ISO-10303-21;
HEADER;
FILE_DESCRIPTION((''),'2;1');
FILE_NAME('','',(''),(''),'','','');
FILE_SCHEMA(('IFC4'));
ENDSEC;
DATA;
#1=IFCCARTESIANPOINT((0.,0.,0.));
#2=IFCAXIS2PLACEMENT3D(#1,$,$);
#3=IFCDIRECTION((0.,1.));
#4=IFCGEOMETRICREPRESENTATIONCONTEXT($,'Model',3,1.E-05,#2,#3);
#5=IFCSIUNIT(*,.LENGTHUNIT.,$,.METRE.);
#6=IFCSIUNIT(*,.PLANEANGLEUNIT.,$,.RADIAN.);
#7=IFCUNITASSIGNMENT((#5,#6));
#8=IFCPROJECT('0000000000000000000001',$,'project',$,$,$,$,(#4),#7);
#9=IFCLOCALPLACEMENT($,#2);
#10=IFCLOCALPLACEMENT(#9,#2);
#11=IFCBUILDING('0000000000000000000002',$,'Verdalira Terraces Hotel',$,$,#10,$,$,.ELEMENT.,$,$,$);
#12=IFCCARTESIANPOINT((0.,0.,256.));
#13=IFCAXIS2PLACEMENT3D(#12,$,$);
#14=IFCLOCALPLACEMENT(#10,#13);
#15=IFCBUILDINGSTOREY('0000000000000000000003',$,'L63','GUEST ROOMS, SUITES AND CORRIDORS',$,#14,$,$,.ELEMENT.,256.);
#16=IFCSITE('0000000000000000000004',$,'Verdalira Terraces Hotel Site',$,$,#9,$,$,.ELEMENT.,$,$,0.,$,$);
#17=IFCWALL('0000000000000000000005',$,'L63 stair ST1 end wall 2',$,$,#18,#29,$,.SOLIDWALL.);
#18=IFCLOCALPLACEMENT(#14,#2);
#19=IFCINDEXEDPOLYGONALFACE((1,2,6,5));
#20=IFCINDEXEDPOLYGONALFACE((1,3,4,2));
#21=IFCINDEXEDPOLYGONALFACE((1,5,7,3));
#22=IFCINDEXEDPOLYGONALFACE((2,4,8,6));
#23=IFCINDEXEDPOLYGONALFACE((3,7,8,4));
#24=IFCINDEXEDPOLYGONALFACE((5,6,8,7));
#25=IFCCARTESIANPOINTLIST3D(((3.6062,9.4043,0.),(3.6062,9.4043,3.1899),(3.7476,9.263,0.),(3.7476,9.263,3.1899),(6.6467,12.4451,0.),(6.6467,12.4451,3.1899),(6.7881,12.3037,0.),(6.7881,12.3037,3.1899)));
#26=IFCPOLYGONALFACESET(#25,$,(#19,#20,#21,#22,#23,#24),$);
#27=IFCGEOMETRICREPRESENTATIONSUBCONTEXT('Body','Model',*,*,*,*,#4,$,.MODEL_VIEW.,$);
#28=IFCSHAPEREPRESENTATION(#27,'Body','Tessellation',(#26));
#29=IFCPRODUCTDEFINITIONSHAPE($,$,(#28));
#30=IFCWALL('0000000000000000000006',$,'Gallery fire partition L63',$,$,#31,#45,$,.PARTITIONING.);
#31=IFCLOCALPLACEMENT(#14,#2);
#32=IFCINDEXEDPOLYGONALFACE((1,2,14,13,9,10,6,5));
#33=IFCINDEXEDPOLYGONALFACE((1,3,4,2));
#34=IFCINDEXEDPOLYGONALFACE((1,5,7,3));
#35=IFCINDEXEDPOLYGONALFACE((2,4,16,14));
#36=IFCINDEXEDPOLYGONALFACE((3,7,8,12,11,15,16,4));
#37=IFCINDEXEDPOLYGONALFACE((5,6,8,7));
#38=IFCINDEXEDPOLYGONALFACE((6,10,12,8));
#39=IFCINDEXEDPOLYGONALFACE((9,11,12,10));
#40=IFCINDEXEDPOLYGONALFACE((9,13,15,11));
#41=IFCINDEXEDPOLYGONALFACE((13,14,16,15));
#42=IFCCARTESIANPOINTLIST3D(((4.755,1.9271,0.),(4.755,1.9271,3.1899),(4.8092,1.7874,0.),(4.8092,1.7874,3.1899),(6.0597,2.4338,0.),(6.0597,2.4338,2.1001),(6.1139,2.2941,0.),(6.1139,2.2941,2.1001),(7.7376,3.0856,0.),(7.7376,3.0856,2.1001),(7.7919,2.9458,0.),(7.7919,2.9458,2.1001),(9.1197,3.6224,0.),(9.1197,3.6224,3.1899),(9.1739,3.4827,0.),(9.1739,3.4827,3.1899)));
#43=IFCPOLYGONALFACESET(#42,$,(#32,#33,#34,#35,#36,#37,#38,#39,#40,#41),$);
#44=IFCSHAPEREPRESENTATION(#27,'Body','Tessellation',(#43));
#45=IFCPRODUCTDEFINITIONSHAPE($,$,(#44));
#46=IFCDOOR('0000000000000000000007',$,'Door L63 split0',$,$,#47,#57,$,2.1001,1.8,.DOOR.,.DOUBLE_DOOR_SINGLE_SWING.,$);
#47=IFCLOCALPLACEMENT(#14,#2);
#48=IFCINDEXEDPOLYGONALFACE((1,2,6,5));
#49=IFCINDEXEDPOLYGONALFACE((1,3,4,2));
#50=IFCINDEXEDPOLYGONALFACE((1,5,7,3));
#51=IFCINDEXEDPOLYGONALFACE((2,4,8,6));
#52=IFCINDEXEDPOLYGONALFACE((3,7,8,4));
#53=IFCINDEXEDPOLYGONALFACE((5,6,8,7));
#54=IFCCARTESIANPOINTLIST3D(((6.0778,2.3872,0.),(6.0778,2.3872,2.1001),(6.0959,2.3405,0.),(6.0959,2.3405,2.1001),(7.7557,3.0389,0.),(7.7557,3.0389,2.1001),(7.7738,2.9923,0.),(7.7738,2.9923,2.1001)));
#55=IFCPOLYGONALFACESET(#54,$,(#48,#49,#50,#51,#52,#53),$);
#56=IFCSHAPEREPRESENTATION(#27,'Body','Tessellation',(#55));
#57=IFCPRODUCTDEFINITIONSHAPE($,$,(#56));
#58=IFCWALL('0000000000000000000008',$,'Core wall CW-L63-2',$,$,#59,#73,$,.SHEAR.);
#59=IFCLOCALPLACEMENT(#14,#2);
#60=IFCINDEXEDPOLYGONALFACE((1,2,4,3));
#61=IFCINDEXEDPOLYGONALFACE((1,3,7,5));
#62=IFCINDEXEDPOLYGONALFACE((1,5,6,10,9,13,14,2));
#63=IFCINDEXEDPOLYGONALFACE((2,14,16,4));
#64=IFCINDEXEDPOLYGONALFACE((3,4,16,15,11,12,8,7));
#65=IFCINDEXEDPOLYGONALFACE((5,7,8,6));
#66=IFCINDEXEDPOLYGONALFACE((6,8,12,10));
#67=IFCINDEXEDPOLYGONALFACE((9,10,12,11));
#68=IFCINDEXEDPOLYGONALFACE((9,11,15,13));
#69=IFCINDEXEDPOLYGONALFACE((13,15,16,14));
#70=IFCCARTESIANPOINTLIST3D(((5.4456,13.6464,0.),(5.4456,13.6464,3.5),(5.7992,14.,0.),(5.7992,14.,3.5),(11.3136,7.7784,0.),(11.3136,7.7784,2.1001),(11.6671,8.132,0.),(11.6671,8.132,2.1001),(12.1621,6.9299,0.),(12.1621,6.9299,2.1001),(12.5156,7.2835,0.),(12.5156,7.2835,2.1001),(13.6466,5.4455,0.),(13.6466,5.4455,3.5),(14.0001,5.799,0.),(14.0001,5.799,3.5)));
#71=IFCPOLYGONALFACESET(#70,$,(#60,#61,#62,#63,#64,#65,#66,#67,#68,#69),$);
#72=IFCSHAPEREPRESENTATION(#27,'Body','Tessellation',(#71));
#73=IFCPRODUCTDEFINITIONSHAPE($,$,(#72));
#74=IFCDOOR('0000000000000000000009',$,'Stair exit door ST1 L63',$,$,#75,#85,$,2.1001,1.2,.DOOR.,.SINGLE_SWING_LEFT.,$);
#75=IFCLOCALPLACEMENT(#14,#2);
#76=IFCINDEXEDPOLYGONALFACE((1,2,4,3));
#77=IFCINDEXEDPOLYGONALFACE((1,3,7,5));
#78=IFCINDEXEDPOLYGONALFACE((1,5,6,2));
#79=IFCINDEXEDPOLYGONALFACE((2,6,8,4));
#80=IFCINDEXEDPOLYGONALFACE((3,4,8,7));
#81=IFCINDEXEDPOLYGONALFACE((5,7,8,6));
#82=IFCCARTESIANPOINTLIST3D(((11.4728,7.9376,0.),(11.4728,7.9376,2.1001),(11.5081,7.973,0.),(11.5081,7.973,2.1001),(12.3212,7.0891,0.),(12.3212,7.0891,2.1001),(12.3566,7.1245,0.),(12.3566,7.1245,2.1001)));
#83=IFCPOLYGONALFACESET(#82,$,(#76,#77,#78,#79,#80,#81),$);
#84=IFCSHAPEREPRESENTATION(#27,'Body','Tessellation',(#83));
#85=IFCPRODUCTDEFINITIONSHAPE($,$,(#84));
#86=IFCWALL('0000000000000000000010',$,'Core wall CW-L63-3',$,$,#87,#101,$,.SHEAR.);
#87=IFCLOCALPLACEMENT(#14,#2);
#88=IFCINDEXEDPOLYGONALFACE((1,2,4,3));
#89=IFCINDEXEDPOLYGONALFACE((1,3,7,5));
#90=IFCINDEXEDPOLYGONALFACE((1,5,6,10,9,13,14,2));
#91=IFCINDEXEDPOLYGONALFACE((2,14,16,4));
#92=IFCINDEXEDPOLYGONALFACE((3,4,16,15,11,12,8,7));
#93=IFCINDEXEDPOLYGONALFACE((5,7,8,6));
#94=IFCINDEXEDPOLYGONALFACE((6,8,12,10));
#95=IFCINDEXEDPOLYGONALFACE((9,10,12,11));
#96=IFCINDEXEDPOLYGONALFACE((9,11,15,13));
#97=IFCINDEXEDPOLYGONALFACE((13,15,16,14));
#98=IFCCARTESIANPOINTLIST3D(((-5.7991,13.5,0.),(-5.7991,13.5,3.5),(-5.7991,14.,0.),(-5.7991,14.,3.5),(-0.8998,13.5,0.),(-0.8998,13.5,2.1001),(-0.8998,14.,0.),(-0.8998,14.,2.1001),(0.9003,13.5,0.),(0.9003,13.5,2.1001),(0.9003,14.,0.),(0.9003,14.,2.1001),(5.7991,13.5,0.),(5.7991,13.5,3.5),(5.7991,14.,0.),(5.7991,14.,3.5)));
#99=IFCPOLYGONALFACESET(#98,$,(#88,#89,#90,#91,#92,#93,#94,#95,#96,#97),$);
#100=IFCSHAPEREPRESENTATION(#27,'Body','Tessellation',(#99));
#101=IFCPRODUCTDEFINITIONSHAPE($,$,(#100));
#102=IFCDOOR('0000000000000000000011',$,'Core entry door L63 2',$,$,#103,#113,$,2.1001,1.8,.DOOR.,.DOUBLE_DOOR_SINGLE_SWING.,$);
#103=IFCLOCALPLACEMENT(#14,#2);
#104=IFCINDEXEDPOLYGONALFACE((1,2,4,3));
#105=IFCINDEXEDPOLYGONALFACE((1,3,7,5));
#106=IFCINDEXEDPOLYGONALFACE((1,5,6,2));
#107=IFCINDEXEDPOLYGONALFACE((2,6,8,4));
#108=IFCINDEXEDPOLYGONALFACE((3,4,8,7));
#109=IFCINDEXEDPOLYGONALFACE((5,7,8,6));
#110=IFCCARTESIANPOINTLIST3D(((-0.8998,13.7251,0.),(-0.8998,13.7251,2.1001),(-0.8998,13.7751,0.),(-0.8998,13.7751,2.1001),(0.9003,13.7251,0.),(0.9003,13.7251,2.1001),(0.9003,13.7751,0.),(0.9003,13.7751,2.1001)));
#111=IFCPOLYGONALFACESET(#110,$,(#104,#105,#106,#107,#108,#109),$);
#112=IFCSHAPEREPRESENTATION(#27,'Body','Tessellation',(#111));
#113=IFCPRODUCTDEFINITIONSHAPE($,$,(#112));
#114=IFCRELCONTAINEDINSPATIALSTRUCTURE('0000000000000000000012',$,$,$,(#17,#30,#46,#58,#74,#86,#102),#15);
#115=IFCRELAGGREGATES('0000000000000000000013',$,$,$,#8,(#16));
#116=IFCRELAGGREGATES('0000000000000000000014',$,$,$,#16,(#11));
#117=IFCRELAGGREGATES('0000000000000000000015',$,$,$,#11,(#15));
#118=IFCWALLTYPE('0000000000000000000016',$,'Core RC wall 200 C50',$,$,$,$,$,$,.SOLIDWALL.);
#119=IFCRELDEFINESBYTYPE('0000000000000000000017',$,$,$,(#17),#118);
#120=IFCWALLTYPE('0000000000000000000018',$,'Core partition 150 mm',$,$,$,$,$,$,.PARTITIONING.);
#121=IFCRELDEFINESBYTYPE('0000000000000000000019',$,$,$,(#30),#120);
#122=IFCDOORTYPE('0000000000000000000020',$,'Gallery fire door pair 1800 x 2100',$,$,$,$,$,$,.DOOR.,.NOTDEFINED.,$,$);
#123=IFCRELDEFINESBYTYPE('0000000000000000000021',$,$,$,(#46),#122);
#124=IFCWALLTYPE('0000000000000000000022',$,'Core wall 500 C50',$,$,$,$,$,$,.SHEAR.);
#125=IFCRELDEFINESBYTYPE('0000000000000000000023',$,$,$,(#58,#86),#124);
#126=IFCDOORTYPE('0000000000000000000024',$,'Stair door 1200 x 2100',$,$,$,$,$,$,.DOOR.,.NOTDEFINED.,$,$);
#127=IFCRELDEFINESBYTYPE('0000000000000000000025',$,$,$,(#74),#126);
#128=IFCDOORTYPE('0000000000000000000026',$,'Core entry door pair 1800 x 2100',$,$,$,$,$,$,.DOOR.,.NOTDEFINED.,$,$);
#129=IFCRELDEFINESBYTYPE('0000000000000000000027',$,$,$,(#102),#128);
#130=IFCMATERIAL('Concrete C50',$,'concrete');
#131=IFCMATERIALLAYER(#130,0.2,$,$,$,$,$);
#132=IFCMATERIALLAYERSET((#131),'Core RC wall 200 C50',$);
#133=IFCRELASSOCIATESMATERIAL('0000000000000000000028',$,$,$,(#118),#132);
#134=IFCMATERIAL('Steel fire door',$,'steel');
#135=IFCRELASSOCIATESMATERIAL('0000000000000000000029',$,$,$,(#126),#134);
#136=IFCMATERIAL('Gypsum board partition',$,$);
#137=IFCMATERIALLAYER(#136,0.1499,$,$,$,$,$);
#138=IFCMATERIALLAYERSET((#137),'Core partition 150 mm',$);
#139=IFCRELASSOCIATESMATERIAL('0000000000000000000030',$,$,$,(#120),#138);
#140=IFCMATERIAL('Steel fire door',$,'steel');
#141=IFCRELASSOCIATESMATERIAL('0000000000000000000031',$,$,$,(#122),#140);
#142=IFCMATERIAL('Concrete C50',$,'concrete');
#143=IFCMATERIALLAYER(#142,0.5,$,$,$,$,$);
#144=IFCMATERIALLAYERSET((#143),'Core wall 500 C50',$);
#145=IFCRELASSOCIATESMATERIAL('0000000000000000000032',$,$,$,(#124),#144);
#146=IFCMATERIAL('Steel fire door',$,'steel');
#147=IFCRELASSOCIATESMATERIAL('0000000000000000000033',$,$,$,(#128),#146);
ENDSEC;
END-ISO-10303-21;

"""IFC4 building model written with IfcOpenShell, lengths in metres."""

from ifc_helpers import new_model, si_unit, direction, frame, frame_2d, origin, place, context, subcontext, project, spatial, rectangle, extrude, material, layer, layer_set, type_object, element, fill, save


model = new_model("IFC4")

# Units and contexts
model_context = context("Model", 3, precision=1e-05, world=origin(), true_north=direction((0.0, 1.0)))
body_context = subcontext(model_context, "Body", "Model", "MODEL_VIEW")
ifc_project = project(units=[si_unit("LENGTHUNIT", "METRE"), si_unit("PLANEANGLEUNIT", "RADIAN")], contexts=[model_context])

# Site, building, storey
site_placement = place(None, origin())
site = spatial("IfcSite", under=ifc_project, at=site_placement, Name="Verdalira Terraces Hotel Site", CompositionType="ELEMENT", RefElevation=0.0)
building_placement = place(site_placement, origin())
building = spatial("IfcBuilding", under=site, at=building_placement, Name="Verdalira Terraces Hotel", CompositionType="ELEMENT")
storey_placement = place(building_placement, frame((0.0, 0.0, 256.0)))
storey = spatial("IfcBuildingStorey", under=building, at=storey_placement, Name="L63", Description="GUEST ROOMS, SUITES AND CORRIDORS", CompositionType="ELEMENT", Elevation=256.0)

# Shared definitions
ifc_material_1 = material(Name="Concrete C50", Category="concrete")
ifc_layer_1 = layer(ifc_material_1, 0.2)
ifc_layer_set_1 = layer_set([ifc_layer_1], Name="Core RC wall 200 C50")
wall_type_1 = type_object("IfcWallType", Name="Core RC wall 200 C50", PredefinedType="SOLIDWALL", material=ifc_layer_set_1)
ifc_material_2 = material(Name="Steel fire door", Category="steel")
door_type_1 = type_object("IfcDoorType", Name="Stair door 1200 x 2100", OperationType="NOTDEFINED", PredefinedType="DOOR", material=ifc_material_2)

# Wall
for number, where, z_axis, x_axis, name in (
    (1, (3.677, 9.3337, 0.0), (0.0, 0.0, 1.0), (0.707078, 0.707135, 0.0), "L63 stair ST1 end wall 2"),
):
    element("IfcWall", number, at=place(storey_placement, frame(where, z_axis=z_axis, x_axis=x_axis)), inside=storey, type_object=wall_type_1, Name=name, PredefinedType="SOLIDWALL", context=body_context, shape_type="SweptSolid", body=[
        extrude(rectangle(XDim=4.3, YDim=0.2, at=frame_2d((2.1499, 0.0))), origin(), (0.0, 0.0, 1.0), 3.1899),
    ])

# Walls, openings, doors
ifc_material_3 = material(Name="Gypsum board partition")
ifc_layer_2 = layer(ifc_material_3, 0.1499)
ifc_layer_set_2 = layer_set([ifc_layer_2], Name="Core partition 150 mm")
wall_type_2 = type_object("IfcWallType", Name="Core partition 150 mm", PredefinedType="PARTITIONING", material=ifc_layer_set_2)
wall_1_placement = place(storey_placement, frame((4.782, 1.8572, 0.0), z_axis=(0.0, 0.0, 1.0), x_axis=(0.932155, 0.362059, 0.0)))
wall_1 = element("IfcWall", 2, at=wall_1_placement, inside=storey, type_object=wall_type_2, Name="Gallery fire partition L63", PredefinedType="PARTITIONING", context=body_context, shape_type="SweptSolid", body=[
    extrude(rectangle(XDim=4.6824, YDim=0.1499, at=frame_2d((2.3413, 0.0))), origin(), (0.0, 0.0, 1.0), 3.1899),
])
opening_1_placement = place(wall_1_placement, frame((1.3999, 0.0, 0.0)))
opening_1 = element("IfcOpeningElement", 3, at=opening_1_placement, cuts=wall_1, PredefinedType="OPENING", context=body_context, shape_type="SweptSolid", body=[
    extrude(rectangle(XDim=1.8, YDim=2.1001, at=frame_2d((0.8999, 1.05))), frame((0.0, 0.085, 0.0), z_axis=(0.0, -1.0, 0.0), x_axis=(1.0, 0.0, 0.0)), (0.0, 0.0, 1.0), 0.1699),
])
ifc_material_4 = material(Name="Steel fire door", Category="steel")
door_type_2 = type_object("IfcDoorType", Name="Gallery fire door pair 1800 x 2100", OperationType="NOTDEFINED", PredefinedType="DOOR", material=ifc_material_4)
door_1_placement = place(opening_1_placement, origin())
door_1 = element("IfcDoor", 4, at=door_1_placement, inside=storey, type_object=door_type_2, Name="Door L63 split0", OperationType="DOUBLE_DOOR_SINGLE_SWING", OverallHeight=2.1001, OverallWidth=1.8, PredefinedType="DOOR", context=body_context, shape_type="SweptSolid", body=[
    extrude(rectangle(XDim=1.8, YDim=2.1001, at=frame_2d((0.8999, 1.05))), frame((0.0, 0.0249, 0.0), z_axis=(0.0, -1.0, 0.0), x_axis=(1.0, 0.0, 0.0)), (0.0, 0.0, 1.0), 0.05),
])
fill(opening_1, door_1)
ifc_material_5 = material(Name="Concrete C50", Category="concrete")
ifc_layer_3 = layer(ifc_material_5, 0.5)
ifc_layer_set_3 = layer_set([ifc_layer_3], Name="Core wall 500 C50")
wall_type_3 = type_object("IfcWallType", Name="Core wall 500 C50", PredefinedType="SHEAR", material=ifc_layer_set_3)
wall_2_placement = place(storey_placement, frame((13.8232, 5.6223, 0.0), z_axis=(0.0, 0.0, 1.0), x_axis=(-0.707107, 0.707107, 0.0)))
wall_2 = element("IfcWall", 5, at=wall_2_placement, inside=storey, type_object=wall_type_3, Name="Core wall CW-L63-2", PredefinedType="SHEAR", context=body_context, shape_type="SweptSolid", body=[
    extrude(rectangle(XDim=11.5979, YDim=0.5, at=frame_2d((5.7988, 0.0))), origin(), (0.0, 0.0, 1.0), 3.5),
])
opening_2_placement = place(wall_2_placement, frame((2.0991, 0.0, 0.0)))
opening_2 = element("IfcOpeningElement", 6, at=opening_2_placement, cuts=wall_2, PredefinedType="OPENING", context=body_context, shape_type="SweptSolid", body=[
    extrude(rectangle(XDim=1.2, YDim=2.1001, at=frame_2d((0.6001, 1.05))), frame((0.0, 0.26, 0.0), z_axis=(0.0, -1.0, 0.0), x_axis=(1.0, 0.0, 0.0)), (0.0, 0.0, 1.0), 0.52),
])
door_2_placement = place(opening_2_placement, origin())
door_2 = element("IfcDoor", 7, at=door_2_placement, inside=storey, type_object=door_type_1, Name="Stair exit door ST1 L63", OperationType="SINGLE_SWING_LEFT", OverallHeight=2.1001, OverallWidth=1.2, PredefinedType="DOOR", context=body_context, shape_type="SweptSolid", body=[
    extrude(rectangle(XDim=1.2, YDim=2.1001, at=frame_2d((0.6001, 1.05))), frame((0.0, 0.0249, 0.0), z_axis=(0.0, -1.0, 0.0), x_axis=(1.0, 0.0, 0.0)), (0.0, 0.0, 1.0), 0.05),
])
fill(opening_2, door_2)
wall_3_placement = place(storey_placement, frame((5.7991, 13.75, 0.0), z_axis=(0.0, 0.0, 1.0), x_axis=(-1.0, 0.0, 0.0)))
wall_3 = element("IfcWall", 8, at=wall_3_placement, inside=storey, type_object=wall_type_3, Name="Core wall CW-L63-3", PredefinedType="SHEAR", context=body_context, shape_type="SweptSolid", body=[
    extrude(rectangle(XDim=11.5981, YDim=0.5, at=frame_2d((5.7991, 0.0))), origin(), (0.0, 0.0, 1.0), 3.5),
])
opening_3_placement = place(wall_3_placement, frame((4.8989, 0.0, 0.0)))
opening_3 = element("IfcOpeningElement", 9, at=opening_3_placement, cuts=wall_3, PredefinedType="OPENING", context=body_context, shape_type="SweptSolid", body=[
    extrude(rectangle(XDim=1.8, YDim=2.1001, at=frame_2d((0.8999, 1.05))), frame((0.0, 0.26, 0.0), z_axis=(0.0, -1.0, 0.0), x_axis=(1.0, 0.0, 0.0)), (0.0, 0.0, 1.0), 0.52),
])
ifc_material_6 = material(Name="Steel fire door", Category="steel")
door_type_3 = type_object("IfcDoorType", Name="Core entry door pair 1800 x 2100", OperationType="NOTDEFINED", PredefinedType="DOOR", material=ifc_material_6)
door_3_placement = place(opening_3_placement, origin())
door_3 = element("IfcDoor", 10, at=door_3_placement, inside=storey, type_object=door_type_3, Name="Core entry door L63 2", OperationType="DOUBLE_DOOR_SINGLE_SWING", OverallHeight=2.1001, OverallWidth=1.8, PredefinedType="DOOR", context=body_context, shape_type="SweptSolid", body=[
    extrude(rectangle(XDim=1.8, YDim=2.1001, at=frame_2d((0.8999, 1.05))), frame((0.0, 0.0249, 0.0), z_axis=(0.0, -1.0, 0.0), x_axis=(1.0, 0.0, 0.0)), (0.0, 0.0, 1.0), 0.05),
])
fill(opening_3, door_3)

save(model, "model.ifc")
